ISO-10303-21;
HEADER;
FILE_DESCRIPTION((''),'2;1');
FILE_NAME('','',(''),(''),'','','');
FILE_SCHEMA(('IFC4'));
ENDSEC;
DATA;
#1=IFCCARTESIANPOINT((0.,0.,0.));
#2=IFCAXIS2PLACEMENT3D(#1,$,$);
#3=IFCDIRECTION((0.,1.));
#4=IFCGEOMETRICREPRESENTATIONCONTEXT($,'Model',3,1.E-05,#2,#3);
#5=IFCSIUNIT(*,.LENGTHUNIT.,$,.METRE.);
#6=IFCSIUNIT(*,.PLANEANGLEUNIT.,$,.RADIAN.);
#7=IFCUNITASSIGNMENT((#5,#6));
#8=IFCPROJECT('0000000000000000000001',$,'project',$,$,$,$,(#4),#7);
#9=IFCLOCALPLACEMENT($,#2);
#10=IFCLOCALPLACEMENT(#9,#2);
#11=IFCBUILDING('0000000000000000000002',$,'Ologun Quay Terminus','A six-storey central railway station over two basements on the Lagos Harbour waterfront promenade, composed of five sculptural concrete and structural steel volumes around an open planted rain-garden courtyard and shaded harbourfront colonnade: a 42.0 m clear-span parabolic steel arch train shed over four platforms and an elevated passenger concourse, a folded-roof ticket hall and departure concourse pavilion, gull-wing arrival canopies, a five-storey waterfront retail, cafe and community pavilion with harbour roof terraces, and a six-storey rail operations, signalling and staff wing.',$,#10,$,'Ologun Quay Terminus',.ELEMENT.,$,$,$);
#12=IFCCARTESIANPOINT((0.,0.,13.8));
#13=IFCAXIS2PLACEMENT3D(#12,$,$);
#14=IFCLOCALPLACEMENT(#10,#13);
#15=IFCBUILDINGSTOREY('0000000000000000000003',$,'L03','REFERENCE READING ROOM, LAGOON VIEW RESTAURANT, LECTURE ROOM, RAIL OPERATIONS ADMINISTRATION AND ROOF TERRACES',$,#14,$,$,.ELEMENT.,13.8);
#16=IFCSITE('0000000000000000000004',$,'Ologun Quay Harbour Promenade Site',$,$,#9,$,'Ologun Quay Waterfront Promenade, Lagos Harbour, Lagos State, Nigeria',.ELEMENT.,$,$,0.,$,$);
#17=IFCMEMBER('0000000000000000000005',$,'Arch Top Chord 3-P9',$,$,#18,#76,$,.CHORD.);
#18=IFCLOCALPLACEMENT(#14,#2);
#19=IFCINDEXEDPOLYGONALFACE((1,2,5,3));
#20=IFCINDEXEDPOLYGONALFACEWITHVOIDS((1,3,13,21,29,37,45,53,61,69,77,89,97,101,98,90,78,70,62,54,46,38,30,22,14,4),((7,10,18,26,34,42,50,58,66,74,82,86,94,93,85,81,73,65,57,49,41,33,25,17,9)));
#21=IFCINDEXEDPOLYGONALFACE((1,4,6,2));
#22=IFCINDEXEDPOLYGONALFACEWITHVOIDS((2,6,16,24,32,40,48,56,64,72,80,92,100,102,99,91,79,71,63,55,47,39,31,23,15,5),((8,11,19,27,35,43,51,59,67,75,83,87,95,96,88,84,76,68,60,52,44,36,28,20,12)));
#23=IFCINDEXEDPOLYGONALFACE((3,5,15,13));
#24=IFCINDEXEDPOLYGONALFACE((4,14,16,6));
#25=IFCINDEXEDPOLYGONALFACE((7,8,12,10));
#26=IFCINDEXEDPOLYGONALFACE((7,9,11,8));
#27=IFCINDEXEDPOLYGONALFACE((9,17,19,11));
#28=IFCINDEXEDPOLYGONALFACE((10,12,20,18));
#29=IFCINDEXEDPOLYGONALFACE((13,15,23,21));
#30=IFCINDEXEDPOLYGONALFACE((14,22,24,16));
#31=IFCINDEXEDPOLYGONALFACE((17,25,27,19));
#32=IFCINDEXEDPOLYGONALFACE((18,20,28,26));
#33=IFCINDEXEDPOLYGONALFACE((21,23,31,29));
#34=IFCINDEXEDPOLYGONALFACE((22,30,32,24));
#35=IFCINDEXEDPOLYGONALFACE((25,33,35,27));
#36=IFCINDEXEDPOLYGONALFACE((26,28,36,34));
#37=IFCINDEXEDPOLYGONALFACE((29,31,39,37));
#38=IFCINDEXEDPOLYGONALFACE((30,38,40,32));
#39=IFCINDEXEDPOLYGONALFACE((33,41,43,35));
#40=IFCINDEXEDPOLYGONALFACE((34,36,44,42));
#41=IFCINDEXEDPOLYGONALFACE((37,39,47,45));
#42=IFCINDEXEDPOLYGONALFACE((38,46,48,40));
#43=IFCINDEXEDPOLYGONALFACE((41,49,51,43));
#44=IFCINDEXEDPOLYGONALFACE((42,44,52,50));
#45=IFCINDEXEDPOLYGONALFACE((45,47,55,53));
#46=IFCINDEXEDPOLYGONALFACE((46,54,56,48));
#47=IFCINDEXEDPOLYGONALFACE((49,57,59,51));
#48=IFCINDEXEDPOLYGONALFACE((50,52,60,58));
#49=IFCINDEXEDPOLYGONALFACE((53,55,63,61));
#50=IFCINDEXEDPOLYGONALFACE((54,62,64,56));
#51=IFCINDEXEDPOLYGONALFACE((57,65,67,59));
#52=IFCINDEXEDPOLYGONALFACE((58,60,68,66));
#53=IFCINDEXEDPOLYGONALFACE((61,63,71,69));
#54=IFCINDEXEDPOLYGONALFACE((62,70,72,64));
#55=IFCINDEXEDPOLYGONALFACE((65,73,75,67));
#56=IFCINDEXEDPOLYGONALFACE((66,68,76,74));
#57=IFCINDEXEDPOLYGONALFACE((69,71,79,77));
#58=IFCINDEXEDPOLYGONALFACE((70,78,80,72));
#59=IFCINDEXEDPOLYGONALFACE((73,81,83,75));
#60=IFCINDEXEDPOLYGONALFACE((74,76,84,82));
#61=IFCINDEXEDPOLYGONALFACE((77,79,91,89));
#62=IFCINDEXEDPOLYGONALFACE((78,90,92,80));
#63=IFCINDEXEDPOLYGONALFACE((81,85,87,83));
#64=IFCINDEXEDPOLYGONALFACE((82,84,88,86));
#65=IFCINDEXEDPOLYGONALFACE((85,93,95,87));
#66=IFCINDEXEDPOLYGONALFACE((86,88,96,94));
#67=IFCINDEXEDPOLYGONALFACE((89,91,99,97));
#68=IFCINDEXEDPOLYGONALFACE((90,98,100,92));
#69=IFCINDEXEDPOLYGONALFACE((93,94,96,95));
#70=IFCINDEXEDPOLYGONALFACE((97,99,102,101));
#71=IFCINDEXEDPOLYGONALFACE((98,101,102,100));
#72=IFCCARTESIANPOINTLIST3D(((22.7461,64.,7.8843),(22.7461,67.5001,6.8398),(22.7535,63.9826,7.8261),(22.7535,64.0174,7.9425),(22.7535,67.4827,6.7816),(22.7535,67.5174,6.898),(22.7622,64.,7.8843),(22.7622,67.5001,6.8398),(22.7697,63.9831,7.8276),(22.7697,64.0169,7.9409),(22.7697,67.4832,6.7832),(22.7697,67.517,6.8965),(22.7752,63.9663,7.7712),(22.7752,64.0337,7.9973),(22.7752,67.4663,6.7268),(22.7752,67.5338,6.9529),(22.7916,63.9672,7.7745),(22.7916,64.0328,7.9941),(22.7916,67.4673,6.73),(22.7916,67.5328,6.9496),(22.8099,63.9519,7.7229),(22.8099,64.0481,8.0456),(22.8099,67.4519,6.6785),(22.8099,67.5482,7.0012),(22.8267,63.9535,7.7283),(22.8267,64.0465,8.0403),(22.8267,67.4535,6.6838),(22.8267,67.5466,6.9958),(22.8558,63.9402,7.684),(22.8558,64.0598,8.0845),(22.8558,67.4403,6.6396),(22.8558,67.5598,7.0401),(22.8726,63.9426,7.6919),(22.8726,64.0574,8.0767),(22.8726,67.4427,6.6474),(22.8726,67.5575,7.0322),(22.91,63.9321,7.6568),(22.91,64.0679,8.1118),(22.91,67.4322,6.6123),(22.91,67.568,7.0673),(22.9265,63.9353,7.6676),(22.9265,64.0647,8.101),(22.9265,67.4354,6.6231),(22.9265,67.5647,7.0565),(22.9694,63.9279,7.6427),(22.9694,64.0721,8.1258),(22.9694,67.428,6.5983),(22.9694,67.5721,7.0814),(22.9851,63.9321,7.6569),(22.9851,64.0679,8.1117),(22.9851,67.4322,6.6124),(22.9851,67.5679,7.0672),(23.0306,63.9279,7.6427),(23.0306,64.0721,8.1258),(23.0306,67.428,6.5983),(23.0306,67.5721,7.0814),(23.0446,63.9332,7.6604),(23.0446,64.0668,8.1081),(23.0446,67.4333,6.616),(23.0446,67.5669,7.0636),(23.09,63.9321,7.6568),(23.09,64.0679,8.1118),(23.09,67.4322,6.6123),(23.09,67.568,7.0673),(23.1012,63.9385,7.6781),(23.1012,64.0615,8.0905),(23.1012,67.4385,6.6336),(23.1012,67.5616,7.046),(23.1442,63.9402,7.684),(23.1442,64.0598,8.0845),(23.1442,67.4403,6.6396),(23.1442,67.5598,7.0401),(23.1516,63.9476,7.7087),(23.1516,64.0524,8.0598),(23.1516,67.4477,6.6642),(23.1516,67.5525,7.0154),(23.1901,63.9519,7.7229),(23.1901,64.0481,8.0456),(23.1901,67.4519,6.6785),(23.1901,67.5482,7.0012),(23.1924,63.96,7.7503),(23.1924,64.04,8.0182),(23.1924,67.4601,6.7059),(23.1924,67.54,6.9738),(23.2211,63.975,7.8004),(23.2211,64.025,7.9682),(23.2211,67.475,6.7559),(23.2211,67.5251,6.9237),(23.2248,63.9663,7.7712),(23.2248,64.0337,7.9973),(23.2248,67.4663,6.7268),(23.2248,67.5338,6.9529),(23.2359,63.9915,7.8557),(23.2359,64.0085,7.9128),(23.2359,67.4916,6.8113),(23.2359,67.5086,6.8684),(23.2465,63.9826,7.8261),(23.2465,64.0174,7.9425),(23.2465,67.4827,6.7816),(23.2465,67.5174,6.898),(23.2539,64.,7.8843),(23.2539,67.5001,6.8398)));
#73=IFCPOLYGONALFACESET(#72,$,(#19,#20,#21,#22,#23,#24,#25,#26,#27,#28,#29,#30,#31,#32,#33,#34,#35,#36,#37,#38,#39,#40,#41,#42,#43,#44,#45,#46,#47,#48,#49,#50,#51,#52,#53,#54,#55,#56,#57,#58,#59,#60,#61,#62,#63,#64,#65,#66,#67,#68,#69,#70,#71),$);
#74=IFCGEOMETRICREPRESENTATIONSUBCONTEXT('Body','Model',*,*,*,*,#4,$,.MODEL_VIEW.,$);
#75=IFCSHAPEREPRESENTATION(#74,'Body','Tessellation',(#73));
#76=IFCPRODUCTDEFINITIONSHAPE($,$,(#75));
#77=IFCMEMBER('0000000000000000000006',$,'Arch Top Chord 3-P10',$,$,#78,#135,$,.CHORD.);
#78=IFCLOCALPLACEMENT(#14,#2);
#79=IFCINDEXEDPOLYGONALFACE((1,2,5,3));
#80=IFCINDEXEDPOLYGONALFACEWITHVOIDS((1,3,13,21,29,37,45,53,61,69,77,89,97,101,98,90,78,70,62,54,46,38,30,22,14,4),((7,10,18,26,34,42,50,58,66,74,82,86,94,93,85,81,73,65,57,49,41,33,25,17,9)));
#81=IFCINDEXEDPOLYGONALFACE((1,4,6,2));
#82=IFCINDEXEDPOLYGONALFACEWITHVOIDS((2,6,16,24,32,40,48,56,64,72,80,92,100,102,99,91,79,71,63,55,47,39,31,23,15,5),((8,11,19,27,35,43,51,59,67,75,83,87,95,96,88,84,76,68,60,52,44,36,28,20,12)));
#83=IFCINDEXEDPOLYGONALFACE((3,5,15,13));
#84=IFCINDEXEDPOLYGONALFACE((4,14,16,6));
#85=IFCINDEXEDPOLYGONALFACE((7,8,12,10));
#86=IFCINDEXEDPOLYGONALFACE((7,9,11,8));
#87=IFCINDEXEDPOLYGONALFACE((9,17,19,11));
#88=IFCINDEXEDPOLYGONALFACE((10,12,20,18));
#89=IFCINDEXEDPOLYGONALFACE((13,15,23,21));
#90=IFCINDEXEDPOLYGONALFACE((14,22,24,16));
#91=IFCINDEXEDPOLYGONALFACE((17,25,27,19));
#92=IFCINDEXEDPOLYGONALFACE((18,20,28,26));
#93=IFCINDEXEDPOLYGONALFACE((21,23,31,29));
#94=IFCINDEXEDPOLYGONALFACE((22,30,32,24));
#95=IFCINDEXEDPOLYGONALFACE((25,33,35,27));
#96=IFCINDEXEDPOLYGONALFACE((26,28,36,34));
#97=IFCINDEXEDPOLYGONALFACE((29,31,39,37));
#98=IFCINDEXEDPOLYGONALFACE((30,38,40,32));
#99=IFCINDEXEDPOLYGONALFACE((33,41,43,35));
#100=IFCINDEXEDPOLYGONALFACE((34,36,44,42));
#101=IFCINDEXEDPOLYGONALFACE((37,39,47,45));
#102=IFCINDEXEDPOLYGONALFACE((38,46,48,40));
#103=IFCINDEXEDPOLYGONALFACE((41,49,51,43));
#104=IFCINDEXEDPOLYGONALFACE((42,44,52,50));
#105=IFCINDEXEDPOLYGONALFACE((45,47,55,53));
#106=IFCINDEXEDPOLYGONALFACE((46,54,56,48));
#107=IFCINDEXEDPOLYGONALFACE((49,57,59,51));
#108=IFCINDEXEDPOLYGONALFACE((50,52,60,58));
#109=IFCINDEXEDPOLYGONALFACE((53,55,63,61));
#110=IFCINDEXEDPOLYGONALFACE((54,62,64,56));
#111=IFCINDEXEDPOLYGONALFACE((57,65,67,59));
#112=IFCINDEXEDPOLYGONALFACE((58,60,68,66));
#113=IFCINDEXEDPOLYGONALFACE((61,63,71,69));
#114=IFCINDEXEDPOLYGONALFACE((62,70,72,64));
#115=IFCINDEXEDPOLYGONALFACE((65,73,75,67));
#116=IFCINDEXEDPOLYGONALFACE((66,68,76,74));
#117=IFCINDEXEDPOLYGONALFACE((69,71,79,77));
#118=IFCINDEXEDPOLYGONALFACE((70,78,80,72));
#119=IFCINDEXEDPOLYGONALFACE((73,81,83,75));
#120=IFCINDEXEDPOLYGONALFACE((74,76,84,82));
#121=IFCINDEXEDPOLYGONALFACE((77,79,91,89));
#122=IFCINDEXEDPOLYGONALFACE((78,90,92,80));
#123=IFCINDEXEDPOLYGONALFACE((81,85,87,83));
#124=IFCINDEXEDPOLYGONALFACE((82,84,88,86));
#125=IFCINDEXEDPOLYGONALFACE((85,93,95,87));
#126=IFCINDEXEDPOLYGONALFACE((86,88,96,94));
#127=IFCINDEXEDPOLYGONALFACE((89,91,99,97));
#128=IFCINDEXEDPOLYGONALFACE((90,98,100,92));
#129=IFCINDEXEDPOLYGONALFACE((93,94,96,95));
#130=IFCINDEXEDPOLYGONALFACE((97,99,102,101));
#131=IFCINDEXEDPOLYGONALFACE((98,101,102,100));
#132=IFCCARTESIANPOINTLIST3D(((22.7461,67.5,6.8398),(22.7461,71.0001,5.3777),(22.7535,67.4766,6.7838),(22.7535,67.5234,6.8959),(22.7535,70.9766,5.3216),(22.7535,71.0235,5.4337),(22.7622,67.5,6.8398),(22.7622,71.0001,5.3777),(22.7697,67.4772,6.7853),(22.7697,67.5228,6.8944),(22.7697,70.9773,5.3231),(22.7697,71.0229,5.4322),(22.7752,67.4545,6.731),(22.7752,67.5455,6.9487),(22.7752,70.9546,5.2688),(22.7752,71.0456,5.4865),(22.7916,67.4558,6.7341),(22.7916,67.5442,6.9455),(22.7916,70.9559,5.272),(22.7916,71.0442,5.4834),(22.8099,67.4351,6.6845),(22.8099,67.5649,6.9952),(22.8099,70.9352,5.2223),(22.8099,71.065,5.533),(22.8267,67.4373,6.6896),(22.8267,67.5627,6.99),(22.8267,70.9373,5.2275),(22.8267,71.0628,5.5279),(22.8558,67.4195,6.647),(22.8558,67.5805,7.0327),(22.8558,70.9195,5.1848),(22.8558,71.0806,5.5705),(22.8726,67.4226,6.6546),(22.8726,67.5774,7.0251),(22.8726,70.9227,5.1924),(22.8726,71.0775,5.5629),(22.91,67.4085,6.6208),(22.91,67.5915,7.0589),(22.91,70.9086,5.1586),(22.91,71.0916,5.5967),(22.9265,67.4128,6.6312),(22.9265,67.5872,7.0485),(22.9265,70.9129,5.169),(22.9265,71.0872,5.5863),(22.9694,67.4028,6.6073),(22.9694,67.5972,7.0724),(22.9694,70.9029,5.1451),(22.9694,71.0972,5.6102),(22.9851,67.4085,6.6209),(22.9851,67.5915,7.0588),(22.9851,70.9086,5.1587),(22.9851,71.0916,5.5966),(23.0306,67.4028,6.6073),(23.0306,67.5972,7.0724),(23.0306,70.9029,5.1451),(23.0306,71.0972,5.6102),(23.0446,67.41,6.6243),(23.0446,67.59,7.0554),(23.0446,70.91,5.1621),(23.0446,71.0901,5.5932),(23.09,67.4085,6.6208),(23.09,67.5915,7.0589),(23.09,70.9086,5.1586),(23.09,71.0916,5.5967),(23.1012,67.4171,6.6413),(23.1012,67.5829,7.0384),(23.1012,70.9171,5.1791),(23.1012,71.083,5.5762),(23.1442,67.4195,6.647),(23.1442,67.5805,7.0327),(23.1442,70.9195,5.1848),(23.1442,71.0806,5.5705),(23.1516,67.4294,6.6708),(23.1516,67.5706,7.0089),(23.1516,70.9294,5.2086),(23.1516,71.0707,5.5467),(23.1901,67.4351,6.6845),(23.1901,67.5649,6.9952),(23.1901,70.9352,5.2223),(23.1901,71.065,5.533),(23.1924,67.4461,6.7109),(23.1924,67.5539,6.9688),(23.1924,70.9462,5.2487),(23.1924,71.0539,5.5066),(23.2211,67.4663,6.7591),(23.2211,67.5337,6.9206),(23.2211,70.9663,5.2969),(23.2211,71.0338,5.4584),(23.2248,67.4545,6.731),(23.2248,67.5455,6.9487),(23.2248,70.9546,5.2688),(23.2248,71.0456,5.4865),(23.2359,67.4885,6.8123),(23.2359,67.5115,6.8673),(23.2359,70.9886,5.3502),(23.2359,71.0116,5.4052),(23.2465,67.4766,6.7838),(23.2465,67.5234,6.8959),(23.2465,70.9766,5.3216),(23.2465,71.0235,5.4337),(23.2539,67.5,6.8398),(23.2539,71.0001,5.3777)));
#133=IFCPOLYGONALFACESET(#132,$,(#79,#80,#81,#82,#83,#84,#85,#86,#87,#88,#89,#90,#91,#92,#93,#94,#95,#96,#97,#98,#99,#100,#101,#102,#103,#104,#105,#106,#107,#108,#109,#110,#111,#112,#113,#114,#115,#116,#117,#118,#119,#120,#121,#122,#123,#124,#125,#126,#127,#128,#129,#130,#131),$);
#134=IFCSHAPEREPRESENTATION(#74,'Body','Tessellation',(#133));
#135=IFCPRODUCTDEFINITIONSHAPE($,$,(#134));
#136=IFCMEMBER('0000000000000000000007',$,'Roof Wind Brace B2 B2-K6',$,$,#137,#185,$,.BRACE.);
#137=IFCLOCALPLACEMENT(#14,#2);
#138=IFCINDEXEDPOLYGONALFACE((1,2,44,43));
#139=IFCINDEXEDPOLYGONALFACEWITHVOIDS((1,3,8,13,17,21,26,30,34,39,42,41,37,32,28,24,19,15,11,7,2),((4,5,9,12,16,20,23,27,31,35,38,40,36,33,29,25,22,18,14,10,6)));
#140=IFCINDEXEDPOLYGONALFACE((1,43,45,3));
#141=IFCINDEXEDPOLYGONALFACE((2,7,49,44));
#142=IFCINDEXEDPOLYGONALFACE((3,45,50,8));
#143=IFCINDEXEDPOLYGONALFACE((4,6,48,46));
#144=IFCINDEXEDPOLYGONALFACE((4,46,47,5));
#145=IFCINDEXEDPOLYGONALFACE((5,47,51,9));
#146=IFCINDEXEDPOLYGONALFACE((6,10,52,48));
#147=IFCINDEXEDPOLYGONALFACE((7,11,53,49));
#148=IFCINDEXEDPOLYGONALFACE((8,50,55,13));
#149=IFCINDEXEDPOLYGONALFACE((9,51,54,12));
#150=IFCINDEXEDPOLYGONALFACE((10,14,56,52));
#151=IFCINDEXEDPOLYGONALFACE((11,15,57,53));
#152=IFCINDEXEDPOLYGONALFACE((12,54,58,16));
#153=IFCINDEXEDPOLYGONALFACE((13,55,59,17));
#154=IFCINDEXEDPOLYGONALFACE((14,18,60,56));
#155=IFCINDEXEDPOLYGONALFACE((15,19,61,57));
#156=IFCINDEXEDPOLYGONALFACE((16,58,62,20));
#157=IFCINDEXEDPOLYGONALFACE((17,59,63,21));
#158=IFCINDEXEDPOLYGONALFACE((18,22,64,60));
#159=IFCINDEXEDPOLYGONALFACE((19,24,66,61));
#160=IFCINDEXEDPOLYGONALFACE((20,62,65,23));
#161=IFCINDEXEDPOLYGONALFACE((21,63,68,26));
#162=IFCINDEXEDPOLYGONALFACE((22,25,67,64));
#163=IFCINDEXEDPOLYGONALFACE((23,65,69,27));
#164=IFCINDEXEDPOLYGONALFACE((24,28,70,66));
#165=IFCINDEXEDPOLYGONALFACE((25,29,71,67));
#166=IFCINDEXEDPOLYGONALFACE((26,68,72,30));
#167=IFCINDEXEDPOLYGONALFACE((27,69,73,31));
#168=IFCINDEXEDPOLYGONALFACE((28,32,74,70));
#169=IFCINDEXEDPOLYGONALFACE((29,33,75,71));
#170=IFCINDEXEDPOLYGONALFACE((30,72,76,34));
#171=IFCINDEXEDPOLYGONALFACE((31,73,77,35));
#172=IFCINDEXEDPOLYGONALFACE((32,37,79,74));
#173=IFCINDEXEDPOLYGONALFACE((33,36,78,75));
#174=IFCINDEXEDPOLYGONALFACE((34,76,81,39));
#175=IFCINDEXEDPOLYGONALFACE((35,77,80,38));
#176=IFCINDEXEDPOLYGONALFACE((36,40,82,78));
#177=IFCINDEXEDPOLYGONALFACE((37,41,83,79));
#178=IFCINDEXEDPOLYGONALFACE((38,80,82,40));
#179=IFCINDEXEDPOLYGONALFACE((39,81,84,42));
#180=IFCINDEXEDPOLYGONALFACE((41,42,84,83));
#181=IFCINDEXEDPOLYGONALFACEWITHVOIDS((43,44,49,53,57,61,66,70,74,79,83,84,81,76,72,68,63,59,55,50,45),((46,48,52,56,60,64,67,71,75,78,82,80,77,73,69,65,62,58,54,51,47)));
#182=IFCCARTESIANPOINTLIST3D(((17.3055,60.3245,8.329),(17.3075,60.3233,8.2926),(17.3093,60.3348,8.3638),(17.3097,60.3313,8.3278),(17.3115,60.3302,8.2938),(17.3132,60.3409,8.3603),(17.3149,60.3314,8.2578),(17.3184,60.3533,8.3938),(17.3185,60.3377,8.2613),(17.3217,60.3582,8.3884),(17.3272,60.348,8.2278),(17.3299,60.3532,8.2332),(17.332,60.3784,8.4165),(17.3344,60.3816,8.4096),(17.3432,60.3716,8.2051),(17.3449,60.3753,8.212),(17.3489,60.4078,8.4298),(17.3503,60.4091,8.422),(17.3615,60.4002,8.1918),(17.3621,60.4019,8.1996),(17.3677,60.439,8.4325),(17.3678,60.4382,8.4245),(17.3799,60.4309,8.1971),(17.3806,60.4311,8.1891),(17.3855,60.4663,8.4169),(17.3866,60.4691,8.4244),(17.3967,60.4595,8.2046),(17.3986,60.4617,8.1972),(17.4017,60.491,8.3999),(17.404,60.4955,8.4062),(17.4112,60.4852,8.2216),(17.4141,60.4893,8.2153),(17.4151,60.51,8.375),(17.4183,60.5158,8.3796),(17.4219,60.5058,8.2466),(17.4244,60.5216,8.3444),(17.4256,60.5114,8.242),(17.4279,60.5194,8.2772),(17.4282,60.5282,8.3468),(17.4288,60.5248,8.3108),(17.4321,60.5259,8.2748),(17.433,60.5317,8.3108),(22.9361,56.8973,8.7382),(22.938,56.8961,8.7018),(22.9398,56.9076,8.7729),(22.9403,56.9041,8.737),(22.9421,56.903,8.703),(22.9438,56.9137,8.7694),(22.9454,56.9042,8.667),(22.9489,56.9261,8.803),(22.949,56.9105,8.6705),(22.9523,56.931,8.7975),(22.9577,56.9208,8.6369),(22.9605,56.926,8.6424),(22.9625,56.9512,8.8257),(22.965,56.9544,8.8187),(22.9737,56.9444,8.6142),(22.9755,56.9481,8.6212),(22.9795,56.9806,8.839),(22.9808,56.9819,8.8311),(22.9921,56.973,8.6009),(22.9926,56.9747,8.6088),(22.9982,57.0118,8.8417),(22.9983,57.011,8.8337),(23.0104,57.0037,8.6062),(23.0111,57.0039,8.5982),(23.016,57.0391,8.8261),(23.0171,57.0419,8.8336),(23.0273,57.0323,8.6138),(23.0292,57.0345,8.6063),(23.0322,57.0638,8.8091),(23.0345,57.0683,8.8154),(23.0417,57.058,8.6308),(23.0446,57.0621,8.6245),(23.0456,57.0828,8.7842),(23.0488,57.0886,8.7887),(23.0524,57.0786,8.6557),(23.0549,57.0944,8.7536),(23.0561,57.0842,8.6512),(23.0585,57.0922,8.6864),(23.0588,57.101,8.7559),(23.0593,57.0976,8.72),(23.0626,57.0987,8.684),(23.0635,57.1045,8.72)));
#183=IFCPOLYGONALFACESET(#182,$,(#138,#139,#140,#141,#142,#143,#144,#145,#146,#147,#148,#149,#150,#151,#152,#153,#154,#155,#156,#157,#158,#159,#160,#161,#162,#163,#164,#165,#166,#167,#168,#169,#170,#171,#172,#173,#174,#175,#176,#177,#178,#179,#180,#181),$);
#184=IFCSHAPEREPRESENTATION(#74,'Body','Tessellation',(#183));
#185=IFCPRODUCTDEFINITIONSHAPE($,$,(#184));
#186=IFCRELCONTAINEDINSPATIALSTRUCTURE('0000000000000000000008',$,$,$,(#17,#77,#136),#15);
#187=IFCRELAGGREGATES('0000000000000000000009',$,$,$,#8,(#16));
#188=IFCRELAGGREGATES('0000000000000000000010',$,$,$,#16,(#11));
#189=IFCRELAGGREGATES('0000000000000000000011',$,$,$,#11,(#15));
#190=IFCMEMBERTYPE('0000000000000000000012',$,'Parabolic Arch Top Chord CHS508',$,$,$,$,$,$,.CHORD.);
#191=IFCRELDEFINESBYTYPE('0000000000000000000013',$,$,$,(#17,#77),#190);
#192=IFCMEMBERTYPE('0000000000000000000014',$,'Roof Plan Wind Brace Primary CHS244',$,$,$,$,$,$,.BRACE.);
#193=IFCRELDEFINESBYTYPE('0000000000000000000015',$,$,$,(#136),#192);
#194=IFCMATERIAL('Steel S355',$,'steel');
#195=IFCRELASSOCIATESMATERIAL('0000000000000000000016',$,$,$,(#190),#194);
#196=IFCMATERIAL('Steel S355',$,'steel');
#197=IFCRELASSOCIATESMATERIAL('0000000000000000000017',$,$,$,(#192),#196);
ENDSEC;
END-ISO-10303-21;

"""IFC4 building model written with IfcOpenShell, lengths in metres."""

from ifc_helpers import new_model, si_unit, direction, frame, origin, origin_2d, place, context, subcontext, project, spatial, hollow_circle, extrude, material, material_profile, profile_set, type_object, element, save


model = new_model("IFC4")

# Units and contexts
model_context = context("Model", 3, precision=1e-05, world=origin(), true_north=direction((0.0, 1.0)))
body_context = subcontext(model_context, "Body", "Model", "MODEL_VIEW")
ifc_project = project(units=[si_unit("LENGTHUNIT", "METRE"), si_unit("PLANEANGLEUNIT", "RADIAN")], contexts=[model_context])

# Site, building, storey
site_placement = place(None, origin())
site = spatial("IfcSite", under=ifc_project, at=site_placement, Name="Ologun Quay Harbour Promenade Site", LongName="Ologun Quay Waterfront Promenade, Lagos Harbour, Lagos State, Nigeria", CompositionType="ELEMENT", RefElevation=0.0)
building_placement = place(site_placement, origin())
building = spatial("IfcBuilding", under=site, at=building_placement, Name="Ologun Quay Terminus", Description="A six-storey central railway station over two basements on the Lagos Harbour waterfront promenade, composed of five sculptural concrete and structural steel volumes around an open planted rain-garden courtyard and shaded harbourfront colonnade: a 42.0 m clear-span parabolic steel arch train shed over four platforms and an elevated passenger concourse, a folded-roof ticket hall and departure concourse pavilion, gull-wing arrival canopies, a five-storey waterfront retail, cafe and community pavilion with harbour roof terraces, and a six-storey rail operations, signalling and staff wing.", LongName="Ologun Quay Terminus", CompositionType="ELEMENT")
storey_placement = place(building_placement, frame((0.0, 0.0, 13.8)))
storey = spatial("IfcBuildingStorey", under=building, at=storey_placement, Name="L03", Description="REFERENCE READING ROOM, LAGOON VIEW RESTAURANT, LECTURE ROOM, RAIL OPERATIONS ADMINISTRATION AND ROOF TERRACES", CompositionType="ELEMENT", Elevation=13.8)

# Members
ifc_material_1 = material(Name="Steel S355", Category="steel")
ifc_material_profile_1 = material_profile(ifc_material_1, hollow_circle(Radius=0.2539, WallThickness=0.0161, at=origin_2d()), Name="CHS 508x16")
ifc_profile_set_1 = profile_set([ifc_material_profile_1], Name="Steel S355")
member_type_1 = type_object("IfcMemberType", Name="Parabolic Arch Top Chord CHS508", PredefinedType="CHORD", material=ifc_profile_set_1)
member_1_placement = place(storey_placement, frame((23.0, 64.0, 7.8843), z_axis=(0.0, 0.958245, -0.285949), x_axis=(-1.0, 0.0, 0.0)))
element("IfcMember", 1, at=member_1_placement, inside=storey, type_object=member_type_1, Name="Arch Top Chord 3-P9", PredefinedType="CHORD", context=body_context, shape_type="SweptSolid", body=[
    extrude(hollow_circle(Radius=0.2539, WallThickness=0.0161, at=origin_2d()), origin(), (0.0, 0.0, 1.0), 3.6526),
])
member_2_placement = place(storey_placement, frame((23.0, 67.5, 6.8398), z_axis=(0.0, 0.922719, -0.385474), x_axis=(-1.0, 0.0, 0.0)))
element("IfcMember", 2, at=member_2_placement, inside=storey, type_object=member_type_1, Name="Arch Top Chord 3-P10", PredefinedType="CHORD", context=body_context, shape_type="SweptSolid", body=[
    extrude(hollow_circle(Radius=0.2539, WallThickness=0.0161, at=origin_2d()), origin(), (0.0, 0.0, 1.0), 3.7932),
])
ifc_material_2 = material(Name="Steel S355", Category="steel")
ifc_material_profile_2 = material_profile(ifc_material_2, hollow_circle(Radius=0.1223, WallThickness=0.0081, at=origin_2d()), Name="CHS 244.5x8")
ifc_profile_set_2 = profile_set([ifc_material_profile_2], Name="Steel S355")
member_type_2 = type_object("IfcMemberType", Name="Roof Plan Wind Brace Primary CHS244", PredefinedType="BRACE", material=ifc_profile_set_2)
member_3_placement = place(storey_placement, frame((17.3694, 60.4272, 8.3108), z_axis=(0.852563, -0.518939, 0.061956), x_axis=(0.519938, 0.854204, 0.0)))
element("IfcMember", 3, at=member_3_placement, inside=storey, type_object=member_type_2, Name="Roof Wind Brace B2 B2-K6", PredefinedType="BRACE", context=body_context, shape_type="SweptSolid", body=[
    extrude(hollow_circle(Radius=0.1223, WallThickness=0.0081, at=origin_2d()), origin(), (0.0, 0.0, 1.0), 6.6042),
])

save(model, "model.ifc")
